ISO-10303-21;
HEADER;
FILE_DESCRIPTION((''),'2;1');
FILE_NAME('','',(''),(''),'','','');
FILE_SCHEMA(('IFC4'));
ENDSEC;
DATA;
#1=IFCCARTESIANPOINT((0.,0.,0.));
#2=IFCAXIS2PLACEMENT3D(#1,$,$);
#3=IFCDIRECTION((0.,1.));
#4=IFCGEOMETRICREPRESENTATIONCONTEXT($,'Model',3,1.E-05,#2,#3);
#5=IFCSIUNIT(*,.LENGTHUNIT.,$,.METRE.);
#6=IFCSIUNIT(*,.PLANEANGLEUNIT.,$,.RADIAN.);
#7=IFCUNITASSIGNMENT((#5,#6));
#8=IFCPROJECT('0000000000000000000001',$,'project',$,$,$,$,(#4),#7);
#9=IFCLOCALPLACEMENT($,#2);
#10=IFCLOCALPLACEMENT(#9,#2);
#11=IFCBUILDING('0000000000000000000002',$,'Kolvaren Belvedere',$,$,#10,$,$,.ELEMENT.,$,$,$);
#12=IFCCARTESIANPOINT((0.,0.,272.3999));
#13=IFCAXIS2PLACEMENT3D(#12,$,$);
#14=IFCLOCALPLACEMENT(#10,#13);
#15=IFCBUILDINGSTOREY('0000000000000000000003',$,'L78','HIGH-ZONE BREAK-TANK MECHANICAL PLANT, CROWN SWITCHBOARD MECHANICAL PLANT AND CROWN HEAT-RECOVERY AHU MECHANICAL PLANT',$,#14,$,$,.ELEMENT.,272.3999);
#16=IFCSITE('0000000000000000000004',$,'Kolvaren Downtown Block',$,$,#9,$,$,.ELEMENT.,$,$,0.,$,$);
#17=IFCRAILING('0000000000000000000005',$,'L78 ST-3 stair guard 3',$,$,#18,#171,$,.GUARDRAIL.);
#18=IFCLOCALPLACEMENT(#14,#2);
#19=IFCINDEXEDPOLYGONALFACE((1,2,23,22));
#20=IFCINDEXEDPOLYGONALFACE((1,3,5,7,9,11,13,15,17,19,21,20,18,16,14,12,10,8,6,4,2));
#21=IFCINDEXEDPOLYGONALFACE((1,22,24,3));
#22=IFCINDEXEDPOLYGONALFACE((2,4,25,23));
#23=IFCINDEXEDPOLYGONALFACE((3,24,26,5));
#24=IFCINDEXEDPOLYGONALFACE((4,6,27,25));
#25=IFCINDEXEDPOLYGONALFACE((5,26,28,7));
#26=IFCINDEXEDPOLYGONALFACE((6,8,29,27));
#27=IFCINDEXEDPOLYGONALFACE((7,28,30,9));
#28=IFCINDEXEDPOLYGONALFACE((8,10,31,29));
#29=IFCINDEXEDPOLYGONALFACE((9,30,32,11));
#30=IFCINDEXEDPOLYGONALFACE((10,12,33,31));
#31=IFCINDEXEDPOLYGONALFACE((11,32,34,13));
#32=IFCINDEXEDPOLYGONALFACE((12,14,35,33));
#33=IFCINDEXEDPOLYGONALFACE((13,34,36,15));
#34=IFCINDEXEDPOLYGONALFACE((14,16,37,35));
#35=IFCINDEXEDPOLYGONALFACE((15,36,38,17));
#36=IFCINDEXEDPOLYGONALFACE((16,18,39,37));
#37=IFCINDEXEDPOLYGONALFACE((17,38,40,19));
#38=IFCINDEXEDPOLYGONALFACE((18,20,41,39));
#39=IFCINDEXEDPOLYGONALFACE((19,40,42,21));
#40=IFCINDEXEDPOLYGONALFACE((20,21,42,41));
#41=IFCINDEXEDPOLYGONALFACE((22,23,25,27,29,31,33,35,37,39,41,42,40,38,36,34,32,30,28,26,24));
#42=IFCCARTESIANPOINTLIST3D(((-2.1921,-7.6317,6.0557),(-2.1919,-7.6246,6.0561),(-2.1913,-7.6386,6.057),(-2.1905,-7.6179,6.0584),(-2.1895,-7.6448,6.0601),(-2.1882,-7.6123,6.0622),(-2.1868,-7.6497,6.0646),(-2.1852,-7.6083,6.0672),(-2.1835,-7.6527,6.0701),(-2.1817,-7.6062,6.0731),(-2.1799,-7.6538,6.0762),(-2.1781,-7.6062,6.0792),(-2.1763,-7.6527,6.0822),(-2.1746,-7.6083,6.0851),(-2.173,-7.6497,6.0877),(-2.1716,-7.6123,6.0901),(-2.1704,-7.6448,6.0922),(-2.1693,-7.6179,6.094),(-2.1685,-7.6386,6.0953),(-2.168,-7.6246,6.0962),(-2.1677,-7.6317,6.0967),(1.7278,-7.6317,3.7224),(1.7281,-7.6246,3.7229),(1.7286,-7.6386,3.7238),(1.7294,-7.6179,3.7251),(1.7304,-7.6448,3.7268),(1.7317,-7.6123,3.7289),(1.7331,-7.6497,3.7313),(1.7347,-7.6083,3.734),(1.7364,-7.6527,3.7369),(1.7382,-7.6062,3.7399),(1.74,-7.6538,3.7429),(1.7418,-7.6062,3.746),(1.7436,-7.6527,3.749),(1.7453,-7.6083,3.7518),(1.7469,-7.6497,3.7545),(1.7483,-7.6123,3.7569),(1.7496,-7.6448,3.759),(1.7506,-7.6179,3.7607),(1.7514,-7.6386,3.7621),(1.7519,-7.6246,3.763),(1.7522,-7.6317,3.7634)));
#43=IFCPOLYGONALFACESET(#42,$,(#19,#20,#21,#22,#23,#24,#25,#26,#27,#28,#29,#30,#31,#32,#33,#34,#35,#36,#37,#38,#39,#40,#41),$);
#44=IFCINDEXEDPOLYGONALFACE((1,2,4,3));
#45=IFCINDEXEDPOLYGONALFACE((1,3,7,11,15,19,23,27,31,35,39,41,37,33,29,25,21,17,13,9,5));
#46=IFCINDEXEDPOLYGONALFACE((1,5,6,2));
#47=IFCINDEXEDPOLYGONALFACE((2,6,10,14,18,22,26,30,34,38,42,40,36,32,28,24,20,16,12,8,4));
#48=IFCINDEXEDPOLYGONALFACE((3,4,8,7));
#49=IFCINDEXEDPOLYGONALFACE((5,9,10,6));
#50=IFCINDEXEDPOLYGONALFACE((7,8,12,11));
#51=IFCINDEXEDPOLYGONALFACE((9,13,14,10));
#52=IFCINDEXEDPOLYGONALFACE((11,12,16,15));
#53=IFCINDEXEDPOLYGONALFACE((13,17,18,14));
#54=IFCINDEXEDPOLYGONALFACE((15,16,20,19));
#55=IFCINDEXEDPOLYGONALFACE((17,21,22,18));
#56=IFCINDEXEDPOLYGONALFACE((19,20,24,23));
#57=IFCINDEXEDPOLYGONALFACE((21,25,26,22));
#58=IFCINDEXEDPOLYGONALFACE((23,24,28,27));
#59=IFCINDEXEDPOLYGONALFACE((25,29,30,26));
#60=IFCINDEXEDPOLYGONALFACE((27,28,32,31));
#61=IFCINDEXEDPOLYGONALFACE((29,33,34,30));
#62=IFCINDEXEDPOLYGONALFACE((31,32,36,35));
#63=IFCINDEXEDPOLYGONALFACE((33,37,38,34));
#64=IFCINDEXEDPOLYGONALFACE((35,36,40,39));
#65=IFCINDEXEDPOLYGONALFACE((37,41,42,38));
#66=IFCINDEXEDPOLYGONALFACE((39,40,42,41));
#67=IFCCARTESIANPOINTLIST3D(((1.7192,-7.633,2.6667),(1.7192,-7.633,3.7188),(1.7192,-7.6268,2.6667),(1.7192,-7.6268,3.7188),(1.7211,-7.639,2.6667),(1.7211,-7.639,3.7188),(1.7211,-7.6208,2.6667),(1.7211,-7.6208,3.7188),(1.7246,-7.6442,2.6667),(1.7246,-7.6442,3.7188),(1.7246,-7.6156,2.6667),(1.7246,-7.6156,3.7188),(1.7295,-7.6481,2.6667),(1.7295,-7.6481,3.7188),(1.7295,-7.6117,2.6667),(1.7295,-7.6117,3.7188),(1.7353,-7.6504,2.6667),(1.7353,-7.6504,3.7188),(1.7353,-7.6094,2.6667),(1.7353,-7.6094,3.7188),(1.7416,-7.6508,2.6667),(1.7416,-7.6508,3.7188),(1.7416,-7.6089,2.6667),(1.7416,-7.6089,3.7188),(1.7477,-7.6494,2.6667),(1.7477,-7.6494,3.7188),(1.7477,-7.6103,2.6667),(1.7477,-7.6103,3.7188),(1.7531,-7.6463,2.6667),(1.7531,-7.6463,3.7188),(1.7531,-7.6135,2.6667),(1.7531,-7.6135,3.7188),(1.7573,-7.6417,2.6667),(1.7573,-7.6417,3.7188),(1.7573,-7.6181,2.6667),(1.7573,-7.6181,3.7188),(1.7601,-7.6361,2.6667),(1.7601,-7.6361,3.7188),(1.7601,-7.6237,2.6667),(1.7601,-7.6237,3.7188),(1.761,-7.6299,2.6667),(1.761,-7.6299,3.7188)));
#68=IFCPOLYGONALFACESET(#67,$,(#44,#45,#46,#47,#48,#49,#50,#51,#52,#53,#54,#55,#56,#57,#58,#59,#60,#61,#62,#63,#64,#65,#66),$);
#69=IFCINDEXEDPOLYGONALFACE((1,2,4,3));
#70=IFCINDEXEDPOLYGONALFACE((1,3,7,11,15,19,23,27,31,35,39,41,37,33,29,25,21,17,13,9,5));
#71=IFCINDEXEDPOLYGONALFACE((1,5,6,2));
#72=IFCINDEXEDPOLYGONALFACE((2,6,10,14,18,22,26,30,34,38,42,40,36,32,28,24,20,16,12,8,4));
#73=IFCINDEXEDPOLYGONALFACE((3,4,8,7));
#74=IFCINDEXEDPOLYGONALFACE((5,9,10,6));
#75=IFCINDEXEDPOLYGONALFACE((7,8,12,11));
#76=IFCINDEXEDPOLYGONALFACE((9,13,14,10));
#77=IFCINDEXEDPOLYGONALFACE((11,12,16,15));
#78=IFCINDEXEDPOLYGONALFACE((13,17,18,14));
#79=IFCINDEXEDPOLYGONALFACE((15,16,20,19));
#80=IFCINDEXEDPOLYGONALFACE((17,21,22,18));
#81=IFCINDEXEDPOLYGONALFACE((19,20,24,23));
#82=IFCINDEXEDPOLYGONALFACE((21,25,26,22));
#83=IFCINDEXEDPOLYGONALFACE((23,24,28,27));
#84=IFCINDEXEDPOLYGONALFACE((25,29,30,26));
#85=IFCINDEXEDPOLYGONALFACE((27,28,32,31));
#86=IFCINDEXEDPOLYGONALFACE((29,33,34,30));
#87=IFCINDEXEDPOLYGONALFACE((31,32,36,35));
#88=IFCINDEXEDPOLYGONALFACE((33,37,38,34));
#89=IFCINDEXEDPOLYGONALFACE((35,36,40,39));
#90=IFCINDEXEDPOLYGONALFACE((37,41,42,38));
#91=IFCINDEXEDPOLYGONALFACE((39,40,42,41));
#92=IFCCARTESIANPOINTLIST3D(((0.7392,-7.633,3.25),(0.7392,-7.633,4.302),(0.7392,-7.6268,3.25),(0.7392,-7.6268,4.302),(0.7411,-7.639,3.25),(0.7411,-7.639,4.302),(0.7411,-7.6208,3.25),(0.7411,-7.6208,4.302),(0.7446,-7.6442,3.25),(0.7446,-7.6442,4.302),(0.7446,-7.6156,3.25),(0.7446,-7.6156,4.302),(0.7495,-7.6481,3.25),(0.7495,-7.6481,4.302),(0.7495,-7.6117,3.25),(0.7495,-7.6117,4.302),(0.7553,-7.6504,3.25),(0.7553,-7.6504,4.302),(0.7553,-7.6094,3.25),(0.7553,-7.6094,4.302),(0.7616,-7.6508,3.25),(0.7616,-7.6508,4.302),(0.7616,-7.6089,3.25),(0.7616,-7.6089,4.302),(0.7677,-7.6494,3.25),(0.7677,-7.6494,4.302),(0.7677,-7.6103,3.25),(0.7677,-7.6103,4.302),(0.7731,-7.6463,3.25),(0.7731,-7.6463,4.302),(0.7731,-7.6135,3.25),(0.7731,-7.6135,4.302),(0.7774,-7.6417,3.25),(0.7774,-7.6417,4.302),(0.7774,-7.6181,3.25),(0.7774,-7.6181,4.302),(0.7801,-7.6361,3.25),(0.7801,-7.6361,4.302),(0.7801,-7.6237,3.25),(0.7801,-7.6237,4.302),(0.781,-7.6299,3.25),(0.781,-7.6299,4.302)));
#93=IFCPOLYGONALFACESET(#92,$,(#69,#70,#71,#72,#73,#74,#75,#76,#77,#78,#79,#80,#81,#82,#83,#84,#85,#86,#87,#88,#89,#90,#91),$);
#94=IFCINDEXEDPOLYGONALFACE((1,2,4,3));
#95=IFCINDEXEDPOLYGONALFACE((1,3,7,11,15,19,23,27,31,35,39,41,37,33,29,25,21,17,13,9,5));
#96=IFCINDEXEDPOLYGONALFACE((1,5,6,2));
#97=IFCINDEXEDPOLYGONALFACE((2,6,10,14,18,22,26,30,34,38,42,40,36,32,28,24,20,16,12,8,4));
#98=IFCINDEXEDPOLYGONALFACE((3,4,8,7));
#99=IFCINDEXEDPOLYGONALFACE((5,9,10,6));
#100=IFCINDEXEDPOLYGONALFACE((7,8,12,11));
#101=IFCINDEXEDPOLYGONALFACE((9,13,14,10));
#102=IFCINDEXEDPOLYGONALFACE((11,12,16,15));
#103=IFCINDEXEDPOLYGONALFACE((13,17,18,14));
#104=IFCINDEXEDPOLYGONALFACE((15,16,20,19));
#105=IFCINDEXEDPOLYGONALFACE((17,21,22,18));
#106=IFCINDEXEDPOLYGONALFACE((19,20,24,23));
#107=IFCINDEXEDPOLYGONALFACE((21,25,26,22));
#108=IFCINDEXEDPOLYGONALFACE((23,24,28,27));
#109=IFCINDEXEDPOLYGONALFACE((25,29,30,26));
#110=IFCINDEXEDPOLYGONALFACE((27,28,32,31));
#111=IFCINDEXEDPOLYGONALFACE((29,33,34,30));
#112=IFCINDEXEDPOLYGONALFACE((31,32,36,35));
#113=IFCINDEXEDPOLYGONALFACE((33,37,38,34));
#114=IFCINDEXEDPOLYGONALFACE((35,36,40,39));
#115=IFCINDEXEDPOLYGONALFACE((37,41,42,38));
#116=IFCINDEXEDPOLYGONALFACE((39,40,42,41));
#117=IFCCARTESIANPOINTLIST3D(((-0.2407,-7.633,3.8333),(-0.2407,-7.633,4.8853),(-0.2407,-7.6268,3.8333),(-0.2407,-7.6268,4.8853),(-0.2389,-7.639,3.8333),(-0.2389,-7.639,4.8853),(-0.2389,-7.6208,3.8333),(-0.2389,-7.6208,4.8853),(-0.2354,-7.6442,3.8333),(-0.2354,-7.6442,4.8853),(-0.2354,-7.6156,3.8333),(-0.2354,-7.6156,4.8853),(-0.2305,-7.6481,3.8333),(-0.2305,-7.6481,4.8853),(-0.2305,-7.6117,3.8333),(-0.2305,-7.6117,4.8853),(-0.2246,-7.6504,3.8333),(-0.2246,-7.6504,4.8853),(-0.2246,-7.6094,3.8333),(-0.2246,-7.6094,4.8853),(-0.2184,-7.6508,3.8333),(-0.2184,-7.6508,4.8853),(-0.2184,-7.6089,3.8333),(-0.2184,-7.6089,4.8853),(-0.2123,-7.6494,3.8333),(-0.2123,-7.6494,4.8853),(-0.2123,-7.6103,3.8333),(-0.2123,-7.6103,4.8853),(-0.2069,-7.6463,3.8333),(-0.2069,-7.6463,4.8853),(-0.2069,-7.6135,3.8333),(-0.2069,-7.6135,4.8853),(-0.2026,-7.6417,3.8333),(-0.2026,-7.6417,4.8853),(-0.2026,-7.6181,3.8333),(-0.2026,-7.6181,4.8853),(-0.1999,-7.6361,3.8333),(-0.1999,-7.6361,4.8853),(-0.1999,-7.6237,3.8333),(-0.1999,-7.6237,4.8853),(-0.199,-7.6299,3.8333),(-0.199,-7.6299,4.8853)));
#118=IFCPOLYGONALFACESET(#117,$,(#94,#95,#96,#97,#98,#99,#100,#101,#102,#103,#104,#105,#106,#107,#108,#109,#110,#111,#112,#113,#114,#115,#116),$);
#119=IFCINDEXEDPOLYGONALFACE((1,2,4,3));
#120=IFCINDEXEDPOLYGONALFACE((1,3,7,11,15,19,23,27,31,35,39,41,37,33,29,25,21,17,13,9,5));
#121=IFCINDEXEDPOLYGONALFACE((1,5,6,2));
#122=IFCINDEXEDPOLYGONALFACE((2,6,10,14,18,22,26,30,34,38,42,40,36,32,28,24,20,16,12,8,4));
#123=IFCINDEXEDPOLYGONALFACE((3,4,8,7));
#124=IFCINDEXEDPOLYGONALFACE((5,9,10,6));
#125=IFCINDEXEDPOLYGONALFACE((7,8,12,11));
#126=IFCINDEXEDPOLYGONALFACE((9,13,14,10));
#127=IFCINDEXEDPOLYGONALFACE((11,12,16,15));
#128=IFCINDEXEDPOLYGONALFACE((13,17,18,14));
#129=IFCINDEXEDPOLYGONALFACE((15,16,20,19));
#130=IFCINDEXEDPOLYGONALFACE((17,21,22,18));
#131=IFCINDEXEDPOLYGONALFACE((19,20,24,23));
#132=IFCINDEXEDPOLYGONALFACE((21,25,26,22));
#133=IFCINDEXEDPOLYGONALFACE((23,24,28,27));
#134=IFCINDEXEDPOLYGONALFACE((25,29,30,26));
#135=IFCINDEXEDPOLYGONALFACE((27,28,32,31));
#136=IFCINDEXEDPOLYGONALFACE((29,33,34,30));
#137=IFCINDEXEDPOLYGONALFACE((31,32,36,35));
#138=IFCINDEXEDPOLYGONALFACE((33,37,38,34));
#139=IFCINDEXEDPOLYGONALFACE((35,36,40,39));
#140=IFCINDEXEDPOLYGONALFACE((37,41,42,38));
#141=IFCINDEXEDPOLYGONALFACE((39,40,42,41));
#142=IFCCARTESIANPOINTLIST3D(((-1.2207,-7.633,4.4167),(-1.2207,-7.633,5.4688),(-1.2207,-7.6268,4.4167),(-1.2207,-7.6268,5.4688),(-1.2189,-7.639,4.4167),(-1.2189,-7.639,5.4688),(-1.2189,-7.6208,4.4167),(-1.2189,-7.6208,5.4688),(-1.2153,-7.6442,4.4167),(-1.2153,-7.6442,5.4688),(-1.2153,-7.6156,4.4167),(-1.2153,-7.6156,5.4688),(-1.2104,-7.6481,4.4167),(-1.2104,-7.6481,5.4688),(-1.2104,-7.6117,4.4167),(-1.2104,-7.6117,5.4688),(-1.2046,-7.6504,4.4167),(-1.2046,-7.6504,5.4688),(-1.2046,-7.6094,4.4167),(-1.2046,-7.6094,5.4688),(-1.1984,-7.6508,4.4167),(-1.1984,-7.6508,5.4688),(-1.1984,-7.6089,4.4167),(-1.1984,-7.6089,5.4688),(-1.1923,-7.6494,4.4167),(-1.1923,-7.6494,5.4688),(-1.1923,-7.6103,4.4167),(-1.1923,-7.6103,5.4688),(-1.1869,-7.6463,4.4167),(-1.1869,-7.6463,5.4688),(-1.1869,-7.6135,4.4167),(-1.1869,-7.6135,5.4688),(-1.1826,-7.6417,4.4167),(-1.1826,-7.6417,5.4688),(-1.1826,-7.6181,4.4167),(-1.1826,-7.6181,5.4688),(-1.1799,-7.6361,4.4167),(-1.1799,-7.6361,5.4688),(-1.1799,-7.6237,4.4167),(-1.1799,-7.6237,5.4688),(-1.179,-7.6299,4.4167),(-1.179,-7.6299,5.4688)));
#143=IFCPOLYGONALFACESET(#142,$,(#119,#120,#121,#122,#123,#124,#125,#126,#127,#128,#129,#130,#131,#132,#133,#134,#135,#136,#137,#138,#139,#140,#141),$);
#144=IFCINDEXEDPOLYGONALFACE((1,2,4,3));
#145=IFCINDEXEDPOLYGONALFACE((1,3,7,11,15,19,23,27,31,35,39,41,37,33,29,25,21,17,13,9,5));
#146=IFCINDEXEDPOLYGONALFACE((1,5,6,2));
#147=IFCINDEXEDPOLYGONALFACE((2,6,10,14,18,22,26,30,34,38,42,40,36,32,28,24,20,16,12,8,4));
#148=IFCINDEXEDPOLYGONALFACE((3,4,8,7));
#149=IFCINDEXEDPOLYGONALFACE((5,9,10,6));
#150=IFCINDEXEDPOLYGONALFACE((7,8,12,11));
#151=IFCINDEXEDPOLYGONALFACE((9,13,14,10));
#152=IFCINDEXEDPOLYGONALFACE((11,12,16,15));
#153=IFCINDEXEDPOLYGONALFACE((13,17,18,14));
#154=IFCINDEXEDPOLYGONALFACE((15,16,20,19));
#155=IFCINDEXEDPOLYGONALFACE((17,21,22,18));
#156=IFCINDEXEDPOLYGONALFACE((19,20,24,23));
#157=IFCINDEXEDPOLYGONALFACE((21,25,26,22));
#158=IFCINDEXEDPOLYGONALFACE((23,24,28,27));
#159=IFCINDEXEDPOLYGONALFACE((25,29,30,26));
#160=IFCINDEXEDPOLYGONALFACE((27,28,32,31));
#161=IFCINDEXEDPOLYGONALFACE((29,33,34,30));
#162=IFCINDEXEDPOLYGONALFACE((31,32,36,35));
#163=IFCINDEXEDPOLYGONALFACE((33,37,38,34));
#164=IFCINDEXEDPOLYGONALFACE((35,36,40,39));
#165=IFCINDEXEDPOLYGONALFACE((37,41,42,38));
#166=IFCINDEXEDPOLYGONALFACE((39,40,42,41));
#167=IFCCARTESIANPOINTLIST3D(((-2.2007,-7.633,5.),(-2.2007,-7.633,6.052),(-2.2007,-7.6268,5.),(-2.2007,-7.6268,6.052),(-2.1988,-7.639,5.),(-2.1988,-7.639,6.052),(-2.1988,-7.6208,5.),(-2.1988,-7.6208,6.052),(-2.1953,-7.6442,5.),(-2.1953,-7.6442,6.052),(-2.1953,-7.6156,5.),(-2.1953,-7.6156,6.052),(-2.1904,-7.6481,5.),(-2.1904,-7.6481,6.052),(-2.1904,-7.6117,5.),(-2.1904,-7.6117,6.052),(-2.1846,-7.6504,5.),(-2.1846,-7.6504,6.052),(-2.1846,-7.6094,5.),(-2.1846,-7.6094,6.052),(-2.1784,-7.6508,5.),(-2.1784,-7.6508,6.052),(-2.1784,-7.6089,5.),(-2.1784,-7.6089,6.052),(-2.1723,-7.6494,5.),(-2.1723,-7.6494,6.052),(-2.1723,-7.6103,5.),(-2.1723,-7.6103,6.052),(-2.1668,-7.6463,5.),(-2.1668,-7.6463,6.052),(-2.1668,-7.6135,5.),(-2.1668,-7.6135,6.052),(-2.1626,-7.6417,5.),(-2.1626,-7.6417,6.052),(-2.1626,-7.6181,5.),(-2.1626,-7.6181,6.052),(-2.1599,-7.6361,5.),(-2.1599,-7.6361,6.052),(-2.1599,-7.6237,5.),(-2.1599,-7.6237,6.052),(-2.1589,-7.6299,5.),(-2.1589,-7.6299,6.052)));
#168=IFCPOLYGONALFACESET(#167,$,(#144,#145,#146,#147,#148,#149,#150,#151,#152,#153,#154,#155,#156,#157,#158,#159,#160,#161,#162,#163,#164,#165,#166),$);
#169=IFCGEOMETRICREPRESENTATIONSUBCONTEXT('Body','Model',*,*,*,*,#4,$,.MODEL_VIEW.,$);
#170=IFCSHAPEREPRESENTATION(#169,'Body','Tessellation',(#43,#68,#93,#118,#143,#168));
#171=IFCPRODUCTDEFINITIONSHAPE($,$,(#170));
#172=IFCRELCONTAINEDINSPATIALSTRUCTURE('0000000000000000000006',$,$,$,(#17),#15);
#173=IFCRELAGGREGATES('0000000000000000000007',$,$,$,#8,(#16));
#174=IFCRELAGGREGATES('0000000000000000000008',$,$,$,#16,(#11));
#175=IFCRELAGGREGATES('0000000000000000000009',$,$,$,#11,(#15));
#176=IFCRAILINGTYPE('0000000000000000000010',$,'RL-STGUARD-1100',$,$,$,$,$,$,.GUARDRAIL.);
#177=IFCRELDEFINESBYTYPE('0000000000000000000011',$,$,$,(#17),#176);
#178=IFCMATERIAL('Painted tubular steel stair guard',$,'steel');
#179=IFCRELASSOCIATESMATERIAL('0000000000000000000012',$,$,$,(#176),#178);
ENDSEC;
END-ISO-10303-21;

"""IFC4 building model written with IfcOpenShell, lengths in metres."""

from ifc_helpers import new_model, si_unit, direction, frame, origin, origin_2d, place, context, subcontext, project, spatial, circle, extrude, material, type_object, element, save


model = new_model("IFC4")

# Units and contexts
model_context = context("Model", 3, precision=1e-05, world=origin(), true_north=direction((0.0, 1.0)))
body_context = subcontext(model_context, "Body", "Model", "MODEL_VIEW")
ifc_project = project(units=[si_unit("LENGTHUNIT", "METRE"), si_unit("PLANEANGLEUNIT", "RADIAN")], contexts=[model_context])

# Site, building, storey
site_placement = place(None, origin())
site = spatial("IfcSite", under=ifc_project, at=site_placement, Name="Kolvaren Downtown Block", CompositionType="ELEMENT", RefElevation=0.0)
building_placement = place(site_placement, origin())
building = spatial("IfcBuilding", under=site, at=building_placement, Name="Kolvaren Belvedere", CompositionType="ELEMENT")
storey_placement = place(building_placement, frame((0.0, 0.0, 272.3999)))
storey = spatial("IfcBuildingStorey", under=building, at=storey_placement, Name="L78", Description="HIGH-ZONE BREAK-TANK MECHANICAL PLANT, CROWN SWITCHBOARD MECHANICAL PLANT AND CROWN HEAT-RECOVERY AHU MECHANICAL PLANT", CompositionType="ELEMENT", Elevation=272.3999)

# Railing
ifc_material_1 = material(Name="Painted tubular steel stair guard", Category="steel")
railing_type_1 = type_object("IfcRailingType", Name="RL-STGUARD-1100", PredefinedType="GUARDRAIL", material=ifc_material_1)
railing_1_placement = place(storey_placement, frame((1.74, -7.6299, 2.6667)))
element("IfcRailing", 1, at=railing_1_placement, inside=storey, type_object=railing_type_1, Name="L78 ST-3 stair guard 3", PredefinedType="GUARDRAIL", context=body_context, shape_type="SweptSolid", body=[
    extrude(circle(Radius=0.0239, at=origin_2d()), frame((0.0, 0.0, 1.0762), z_axis=(-0.859296, 0.0, 0.511478), x_axis=(0.0, -1.0, 0.0)), (0.0, 0.0, 1.0), 4.5618),
    extrude(circle(Radius=0.021, at=origin_2d()), origin(), (0.0, 0.0, 1.0), 1.052),
    extrude(circle(Radius=0.021, at=origin_2d()), frame((-0.98, 0.0, 0.5833)), (0.0, 0.0, 1.0), 1.052),
    extrude(circle(Radius=0.021, at=origin_2d()), frame((-1.96, 0.0, 1.1665)), (0.0, 0.0, 1.0), 1.052),
    extrude(circle(Radius=0.021, at=origin_2d()), frame((-2.9399, 0.0, 1.75)), (0.0, 0.0, 1.0), 1.052),
    extrude(circle(Radius=0.021, at=origin_2d()), frame((-3.9199, 0.0, 2.3333)), (0.0, 0.0, 1.0), 1.052),
])

save(model, "model.ifc")
